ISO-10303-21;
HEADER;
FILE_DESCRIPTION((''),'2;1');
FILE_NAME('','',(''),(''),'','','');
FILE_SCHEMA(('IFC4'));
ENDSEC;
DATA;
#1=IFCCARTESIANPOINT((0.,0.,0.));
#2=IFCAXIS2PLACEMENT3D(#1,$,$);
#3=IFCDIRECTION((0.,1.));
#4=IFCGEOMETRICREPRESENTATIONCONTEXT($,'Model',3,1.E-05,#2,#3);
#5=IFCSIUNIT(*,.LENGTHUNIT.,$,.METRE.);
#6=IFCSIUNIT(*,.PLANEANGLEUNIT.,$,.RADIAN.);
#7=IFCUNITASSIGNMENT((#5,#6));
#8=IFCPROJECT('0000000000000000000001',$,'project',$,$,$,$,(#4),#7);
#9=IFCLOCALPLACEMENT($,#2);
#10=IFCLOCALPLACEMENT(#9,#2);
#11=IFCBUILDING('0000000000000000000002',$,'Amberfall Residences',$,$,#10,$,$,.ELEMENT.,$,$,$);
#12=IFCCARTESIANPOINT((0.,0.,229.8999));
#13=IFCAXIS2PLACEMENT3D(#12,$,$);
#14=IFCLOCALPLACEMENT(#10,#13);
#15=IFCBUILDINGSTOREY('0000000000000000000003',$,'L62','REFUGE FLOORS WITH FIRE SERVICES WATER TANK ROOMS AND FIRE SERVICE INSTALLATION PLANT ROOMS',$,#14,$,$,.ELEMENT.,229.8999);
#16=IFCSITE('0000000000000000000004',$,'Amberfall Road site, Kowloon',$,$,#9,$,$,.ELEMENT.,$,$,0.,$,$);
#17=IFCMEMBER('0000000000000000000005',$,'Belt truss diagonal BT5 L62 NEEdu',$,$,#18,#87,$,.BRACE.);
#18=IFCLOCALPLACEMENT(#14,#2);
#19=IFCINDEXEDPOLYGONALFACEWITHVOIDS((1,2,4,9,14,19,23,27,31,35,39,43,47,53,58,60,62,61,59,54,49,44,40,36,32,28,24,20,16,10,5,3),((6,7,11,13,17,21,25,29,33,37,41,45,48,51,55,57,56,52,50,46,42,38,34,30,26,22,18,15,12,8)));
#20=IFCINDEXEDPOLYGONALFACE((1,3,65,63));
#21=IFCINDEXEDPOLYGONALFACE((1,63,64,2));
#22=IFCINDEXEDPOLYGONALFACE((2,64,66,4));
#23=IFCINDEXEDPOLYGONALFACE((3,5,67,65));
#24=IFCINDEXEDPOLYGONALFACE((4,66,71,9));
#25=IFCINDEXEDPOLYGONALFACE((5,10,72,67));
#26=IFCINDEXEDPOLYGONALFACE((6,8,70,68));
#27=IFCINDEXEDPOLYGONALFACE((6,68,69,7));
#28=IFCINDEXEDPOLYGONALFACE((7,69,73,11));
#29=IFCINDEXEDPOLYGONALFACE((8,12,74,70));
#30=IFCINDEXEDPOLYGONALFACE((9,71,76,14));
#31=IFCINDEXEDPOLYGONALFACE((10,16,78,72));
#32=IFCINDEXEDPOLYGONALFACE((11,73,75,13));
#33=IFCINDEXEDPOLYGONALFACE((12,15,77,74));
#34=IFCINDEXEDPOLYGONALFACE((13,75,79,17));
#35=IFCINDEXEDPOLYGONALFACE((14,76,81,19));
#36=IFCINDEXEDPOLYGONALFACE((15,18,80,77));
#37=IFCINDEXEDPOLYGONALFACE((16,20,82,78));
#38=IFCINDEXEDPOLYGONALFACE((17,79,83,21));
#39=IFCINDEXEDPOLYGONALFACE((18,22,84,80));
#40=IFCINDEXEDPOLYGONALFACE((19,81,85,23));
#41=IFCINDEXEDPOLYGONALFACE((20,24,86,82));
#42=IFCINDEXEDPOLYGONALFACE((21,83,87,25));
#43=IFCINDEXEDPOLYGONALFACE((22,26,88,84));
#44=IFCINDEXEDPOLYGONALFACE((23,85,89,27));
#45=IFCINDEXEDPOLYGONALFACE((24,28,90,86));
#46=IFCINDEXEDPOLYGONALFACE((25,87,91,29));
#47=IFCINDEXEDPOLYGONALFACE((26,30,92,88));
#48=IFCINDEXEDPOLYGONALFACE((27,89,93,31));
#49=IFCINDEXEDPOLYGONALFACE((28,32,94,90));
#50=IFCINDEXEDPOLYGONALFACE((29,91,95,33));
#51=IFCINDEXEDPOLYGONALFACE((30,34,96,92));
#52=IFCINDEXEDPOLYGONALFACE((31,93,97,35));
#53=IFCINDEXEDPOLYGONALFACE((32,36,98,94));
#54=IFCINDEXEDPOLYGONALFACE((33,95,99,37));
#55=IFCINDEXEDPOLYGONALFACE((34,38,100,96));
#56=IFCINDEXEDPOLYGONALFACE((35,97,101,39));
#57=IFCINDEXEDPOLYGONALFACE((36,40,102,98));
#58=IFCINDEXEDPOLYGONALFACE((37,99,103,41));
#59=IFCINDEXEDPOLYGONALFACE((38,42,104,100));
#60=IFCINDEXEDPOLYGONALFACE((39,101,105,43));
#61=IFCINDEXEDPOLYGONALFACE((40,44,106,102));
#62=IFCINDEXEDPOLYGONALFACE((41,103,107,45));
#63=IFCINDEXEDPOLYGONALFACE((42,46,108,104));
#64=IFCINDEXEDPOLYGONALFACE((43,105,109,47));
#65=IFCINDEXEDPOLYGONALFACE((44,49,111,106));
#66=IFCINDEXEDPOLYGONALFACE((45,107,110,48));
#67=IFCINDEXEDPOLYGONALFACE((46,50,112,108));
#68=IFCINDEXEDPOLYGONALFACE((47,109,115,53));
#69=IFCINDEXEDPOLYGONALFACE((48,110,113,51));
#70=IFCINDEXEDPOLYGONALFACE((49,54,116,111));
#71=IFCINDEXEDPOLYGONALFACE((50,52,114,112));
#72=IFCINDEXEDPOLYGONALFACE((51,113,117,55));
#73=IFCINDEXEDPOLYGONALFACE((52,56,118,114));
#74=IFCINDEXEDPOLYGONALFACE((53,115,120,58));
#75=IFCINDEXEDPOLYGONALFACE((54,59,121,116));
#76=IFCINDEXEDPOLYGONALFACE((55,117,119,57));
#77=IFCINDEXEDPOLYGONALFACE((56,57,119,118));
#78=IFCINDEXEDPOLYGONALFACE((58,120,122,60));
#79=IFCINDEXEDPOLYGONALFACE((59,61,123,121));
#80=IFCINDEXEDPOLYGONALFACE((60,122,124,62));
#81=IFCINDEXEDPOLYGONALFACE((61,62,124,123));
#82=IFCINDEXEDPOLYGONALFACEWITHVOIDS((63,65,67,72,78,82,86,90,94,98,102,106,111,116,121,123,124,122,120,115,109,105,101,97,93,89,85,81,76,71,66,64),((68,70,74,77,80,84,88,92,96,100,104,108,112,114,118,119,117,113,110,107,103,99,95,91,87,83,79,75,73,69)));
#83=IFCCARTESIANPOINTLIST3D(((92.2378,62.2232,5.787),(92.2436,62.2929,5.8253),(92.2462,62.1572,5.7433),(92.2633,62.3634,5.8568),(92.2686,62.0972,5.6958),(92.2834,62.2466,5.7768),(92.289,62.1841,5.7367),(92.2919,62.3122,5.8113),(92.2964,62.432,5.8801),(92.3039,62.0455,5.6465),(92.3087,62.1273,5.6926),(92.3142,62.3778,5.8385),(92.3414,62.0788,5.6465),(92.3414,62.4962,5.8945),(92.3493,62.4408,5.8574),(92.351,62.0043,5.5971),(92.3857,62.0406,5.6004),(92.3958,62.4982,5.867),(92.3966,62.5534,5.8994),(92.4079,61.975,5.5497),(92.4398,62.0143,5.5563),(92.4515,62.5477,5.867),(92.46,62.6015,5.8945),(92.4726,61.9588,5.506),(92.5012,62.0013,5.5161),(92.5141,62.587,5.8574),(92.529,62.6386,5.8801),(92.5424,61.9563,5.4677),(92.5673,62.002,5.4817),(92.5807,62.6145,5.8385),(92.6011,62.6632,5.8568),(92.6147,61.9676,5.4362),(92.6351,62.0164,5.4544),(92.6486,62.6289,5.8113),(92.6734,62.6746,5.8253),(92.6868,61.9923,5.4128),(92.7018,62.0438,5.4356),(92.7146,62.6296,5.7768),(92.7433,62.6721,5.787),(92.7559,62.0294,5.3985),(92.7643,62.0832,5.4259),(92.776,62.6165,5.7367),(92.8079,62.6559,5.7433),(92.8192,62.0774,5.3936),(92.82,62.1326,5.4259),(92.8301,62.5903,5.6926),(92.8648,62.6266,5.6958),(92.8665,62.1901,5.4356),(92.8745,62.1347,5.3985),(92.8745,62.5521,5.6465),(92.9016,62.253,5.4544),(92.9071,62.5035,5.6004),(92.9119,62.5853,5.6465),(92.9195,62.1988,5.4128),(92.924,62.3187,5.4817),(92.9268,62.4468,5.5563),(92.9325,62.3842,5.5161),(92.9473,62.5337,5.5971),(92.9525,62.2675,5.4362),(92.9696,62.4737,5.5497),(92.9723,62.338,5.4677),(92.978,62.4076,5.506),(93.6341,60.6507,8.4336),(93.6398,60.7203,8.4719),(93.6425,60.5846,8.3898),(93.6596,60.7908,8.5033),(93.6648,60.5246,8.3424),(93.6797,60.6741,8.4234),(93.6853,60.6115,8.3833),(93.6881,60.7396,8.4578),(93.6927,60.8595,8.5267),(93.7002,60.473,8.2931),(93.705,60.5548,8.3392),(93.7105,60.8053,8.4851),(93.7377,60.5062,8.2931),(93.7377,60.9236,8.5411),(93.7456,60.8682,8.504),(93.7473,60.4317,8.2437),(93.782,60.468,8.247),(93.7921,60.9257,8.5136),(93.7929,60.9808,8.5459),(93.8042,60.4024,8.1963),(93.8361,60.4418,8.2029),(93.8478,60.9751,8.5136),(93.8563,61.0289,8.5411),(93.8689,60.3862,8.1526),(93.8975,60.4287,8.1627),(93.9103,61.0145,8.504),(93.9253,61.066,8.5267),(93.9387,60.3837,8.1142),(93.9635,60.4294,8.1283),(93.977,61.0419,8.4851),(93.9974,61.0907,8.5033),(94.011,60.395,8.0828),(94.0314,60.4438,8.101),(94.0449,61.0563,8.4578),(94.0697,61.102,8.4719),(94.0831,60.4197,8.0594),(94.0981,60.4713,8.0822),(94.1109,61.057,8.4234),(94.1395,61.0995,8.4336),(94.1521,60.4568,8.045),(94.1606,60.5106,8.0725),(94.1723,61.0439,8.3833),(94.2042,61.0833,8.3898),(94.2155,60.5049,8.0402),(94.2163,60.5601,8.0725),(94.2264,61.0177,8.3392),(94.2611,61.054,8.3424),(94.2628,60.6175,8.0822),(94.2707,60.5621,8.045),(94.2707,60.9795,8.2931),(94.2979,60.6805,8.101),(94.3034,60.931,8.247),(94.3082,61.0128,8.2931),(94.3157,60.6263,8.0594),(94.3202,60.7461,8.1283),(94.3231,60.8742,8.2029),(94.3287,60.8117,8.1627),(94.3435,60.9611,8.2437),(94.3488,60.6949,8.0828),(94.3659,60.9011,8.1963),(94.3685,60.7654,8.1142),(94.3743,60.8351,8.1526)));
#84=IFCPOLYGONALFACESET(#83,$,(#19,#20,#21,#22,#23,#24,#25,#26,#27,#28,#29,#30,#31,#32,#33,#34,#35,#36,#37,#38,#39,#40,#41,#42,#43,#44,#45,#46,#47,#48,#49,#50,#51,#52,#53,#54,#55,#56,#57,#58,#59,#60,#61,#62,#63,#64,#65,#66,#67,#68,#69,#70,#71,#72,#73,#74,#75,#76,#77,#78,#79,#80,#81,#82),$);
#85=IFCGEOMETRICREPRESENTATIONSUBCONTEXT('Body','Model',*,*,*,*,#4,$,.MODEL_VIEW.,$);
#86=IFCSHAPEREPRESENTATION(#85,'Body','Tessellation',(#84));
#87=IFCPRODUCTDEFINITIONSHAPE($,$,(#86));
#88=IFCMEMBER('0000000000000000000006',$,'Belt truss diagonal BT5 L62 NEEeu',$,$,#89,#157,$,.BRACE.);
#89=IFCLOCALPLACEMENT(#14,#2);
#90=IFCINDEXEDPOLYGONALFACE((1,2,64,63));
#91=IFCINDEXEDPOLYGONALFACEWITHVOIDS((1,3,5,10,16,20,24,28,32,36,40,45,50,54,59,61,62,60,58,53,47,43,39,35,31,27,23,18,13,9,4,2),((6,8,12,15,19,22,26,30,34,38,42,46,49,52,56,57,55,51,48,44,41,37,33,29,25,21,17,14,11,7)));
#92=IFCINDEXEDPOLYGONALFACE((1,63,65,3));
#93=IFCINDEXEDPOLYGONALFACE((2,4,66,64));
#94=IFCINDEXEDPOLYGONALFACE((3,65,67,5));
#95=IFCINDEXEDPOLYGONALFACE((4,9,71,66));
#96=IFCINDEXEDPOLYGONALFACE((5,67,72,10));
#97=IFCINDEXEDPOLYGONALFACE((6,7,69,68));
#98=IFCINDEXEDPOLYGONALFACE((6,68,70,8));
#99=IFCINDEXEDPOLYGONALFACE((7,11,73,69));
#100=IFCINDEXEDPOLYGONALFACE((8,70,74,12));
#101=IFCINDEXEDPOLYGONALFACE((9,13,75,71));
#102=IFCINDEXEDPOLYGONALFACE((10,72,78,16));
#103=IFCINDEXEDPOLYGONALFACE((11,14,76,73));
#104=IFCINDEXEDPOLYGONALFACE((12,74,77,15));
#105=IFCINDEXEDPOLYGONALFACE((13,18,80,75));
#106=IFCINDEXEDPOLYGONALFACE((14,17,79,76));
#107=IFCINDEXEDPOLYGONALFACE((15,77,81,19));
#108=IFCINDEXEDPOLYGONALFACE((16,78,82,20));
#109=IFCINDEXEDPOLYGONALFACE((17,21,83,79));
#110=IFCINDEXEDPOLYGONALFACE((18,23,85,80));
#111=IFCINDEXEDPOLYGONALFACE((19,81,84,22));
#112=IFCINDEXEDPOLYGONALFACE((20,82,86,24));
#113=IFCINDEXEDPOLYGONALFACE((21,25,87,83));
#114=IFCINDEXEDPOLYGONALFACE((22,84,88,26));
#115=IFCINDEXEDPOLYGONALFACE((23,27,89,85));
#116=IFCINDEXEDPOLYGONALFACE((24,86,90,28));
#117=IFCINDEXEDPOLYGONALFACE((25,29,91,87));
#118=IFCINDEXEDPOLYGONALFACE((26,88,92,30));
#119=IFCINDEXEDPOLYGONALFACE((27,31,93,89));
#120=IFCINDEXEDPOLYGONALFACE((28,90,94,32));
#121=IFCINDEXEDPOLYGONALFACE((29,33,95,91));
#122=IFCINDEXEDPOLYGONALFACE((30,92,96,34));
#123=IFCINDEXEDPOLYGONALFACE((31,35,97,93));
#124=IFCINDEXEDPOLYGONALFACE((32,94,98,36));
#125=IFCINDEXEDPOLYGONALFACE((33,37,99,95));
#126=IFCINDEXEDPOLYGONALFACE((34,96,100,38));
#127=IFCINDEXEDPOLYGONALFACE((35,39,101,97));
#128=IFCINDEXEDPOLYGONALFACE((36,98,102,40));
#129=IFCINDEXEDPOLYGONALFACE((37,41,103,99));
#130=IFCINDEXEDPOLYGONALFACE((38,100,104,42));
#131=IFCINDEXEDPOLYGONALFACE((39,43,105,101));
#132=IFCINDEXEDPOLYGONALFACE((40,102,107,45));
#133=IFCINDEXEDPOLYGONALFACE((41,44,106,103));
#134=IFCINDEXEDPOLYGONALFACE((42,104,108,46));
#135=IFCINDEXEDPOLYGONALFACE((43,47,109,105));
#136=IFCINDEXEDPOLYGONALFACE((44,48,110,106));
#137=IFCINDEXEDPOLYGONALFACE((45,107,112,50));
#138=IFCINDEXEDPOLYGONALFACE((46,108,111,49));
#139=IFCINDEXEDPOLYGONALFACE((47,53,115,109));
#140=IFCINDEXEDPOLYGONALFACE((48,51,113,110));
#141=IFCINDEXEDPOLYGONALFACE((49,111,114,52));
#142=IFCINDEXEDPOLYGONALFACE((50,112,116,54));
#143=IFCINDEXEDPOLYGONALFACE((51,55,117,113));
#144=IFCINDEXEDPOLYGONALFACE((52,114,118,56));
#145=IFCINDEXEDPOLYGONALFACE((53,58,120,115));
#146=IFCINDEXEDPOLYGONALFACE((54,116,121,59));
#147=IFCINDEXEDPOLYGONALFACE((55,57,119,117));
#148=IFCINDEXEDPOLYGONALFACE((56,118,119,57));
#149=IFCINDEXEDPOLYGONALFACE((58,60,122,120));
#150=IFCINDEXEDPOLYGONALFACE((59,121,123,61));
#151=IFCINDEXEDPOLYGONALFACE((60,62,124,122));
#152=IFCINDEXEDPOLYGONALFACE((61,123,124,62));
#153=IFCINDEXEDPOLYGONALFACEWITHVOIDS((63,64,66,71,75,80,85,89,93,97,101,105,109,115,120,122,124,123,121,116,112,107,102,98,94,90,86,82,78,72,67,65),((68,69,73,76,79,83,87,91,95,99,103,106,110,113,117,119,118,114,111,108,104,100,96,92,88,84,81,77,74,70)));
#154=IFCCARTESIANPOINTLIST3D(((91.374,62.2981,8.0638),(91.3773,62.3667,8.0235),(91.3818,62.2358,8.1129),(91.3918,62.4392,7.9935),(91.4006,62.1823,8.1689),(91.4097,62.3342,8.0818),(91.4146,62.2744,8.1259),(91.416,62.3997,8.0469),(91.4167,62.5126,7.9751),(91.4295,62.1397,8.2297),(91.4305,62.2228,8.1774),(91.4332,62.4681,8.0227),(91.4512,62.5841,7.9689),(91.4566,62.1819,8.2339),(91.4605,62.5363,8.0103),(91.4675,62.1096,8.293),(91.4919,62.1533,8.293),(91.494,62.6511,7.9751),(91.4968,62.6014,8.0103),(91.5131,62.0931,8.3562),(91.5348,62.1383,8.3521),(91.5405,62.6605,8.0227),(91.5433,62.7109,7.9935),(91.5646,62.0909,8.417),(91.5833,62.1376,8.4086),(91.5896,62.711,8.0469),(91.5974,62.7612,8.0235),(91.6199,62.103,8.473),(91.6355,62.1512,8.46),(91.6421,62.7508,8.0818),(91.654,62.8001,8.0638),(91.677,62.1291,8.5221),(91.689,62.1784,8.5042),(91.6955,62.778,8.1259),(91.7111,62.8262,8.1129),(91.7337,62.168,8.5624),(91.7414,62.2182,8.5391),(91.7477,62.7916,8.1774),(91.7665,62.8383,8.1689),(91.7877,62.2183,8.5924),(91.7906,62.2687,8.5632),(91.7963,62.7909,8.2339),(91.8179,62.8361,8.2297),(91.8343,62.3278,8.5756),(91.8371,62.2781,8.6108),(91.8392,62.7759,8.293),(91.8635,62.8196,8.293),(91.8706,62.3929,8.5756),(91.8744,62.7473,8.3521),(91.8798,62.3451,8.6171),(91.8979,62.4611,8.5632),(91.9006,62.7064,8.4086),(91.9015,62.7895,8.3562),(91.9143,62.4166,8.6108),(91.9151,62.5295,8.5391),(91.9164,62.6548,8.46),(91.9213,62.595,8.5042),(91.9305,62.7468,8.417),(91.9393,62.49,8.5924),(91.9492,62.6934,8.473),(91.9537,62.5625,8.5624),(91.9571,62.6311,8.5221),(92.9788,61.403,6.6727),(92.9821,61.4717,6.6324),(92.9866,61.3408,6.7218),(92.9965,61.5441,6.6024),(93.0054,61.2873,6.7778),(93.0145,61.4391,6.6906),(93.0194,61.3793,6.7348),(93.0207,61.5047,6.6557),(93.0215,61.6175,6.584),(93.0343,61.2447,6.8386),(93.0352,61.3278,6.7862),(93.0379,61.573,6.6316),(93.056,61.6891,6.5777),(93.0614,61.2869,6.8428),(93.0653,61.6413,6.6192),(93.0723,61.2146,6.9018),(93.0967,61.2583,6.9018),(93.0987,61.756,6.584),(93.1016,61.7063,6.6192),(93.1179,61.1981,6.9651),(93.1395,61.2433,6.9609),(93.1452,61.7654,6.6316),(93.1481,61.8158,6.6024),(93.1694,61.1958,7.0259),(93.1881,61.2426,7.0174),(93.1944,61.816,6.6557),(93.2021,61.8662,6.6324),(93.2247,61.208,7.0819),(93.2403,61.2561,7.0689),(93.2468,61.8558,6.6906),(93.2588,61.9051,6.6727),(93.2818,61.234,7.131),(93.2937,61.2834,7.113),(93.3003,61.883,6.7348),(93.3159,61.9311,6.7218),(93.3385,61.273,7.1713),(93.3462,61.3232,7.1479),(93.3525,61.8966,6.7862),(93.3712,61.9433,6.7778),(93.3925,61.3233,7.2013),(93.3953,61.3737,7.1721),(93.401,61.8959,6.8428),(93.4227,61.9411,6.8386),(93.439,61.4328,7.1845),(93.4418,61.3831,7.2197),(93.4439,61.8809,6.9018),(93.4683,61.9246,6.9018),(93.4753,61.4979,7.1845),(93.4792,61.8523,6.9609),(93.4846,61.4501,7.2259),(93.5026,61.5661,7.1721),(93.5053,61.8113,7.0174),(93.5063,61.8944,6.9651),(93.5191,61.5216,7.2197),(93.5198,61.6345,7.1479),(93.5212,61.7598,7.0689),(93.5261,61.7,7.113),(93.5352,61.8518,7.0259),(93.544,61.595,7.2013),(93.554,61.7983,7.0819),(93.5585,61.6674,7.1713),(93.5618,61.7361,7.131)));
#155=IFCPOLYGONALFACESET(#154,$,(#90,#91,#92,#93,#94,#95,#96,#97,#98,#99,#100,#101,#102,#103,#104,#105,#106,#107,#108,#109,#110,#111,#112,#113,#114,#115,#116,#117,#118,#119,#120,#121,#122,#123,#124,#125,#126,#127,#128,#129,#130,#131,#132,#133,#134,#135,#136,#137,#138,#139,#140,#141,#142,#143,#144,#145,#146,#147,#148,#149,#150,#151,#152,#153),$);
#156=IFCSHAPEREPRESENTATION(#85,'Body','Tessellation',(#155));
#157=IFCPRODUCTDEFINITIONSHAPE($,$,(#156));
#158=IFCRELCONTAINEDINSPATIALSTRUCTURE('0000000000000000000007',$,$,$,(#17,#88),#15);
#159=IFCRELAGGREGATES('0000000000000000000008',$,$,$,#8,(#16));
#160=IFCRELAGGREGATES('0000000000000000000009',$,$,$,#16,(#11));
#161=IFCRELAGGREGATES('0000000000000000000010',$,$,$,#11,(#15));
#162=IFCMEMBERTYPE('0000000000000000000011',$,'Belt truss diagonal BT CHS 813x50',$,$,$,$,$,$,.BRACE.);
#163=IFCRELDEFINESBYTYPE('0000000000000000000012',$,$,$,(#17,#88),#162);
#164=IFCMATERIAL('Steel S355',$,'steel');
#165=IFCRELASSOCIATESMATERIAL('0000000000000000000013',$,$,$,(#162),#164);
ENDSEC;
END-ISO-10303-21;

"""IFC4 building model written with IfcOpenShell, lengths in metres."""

from ifc_helpers import new_model, si_unit, direction, frame, origin, origin_2d, place, context, subcontext, project, spatial, hollow_circle, extrude, material, material_profile, profile_set, type_object, element, save


model = new_model("IFC4")

# Units and contexts
model_context = context("Model", 3, precision=1e-05, world=origin(), true_north=direction((0.0, 1.0)))
body_context = subcontext(model_context, "Body", "Model", "MODEL_VIEW")
ifc_project = project(units=[si_unit("LENGTHUNIT", "METRE"), si_unit("PLANEANGLEUNIT", "RADIAN")], contexts=[model_context])

# Site, building, storey
site_placement = place(None, origin())
site = spatial("IfcSite", under=ifc_project, at=site_placement, Name="Amberfall Road site, Kowloon", CompositionType="ELEMENT", RefElevation=0.0)
building_placement = place(site_placement, origin())
building = spatial("IfcBuilding", under=site, at=building_placement, Name="Amberfall Residences", CompositionType="ELEMENT")
storey_placement = place(building_placement, frame((0.0, 0.0, 229.8999)))
storey = spatial("IfcBuildingStorey", under=building, at=storey_placement, Name="L62", Description="REFUGE FLOORS WITH FIRE SERVICES WATER TANK ROOMS AND FIRE SERVICE INSTALLATION PLANT ROOMS", CompositionType="ELEMENT", Elevation=229.8999)

# Shared definitions
ifc_material_1 = material(Name="Steel S355", Category="steel")

# Members
ifc_material_profile_1 = material_profile(ifc_material_1, hollow_circle(Radius=0.4065, WallThickness=0.05, at=origin_2d()), Name="CHS 813x50")
ifc_profile_set_1 = profile_set([ifc_material_profile_1], Name="Steel S355")
member_type = type_object("IfcMemberType", Name="Belt truss diagonal BT CHS 813x50", PredefinedType="BRACE", material=ifc_profile_set_1)
member_1_placement = place(storey_placement, frame((92.6079, 62.3154, 5.6465), z_axis=(0.413057, -0.465204, 0.782923), x_axis=(0.747774, 0.663953, 0.0)))
element("IfcMember", 1, at=member_1_placement, inside=storey, type_object=member_type, Name="Belt truss diagonal BT5 L62 NEEdu", PredefinedType="BRACE", context=body_context, shape_type="SweptSolid", body=[
    extrude(hollow_circle(Radius=0.4065, WallThickness=0.05, at=origin_2d()), origin(), (0.0, 0.0, 1.0), 3.3804),
])
member_2_placement = place(storey_placement, frame((91.6655, 62.4646, 8.293), z_axis=(0.696302, -0.388353, -0.60361), x_axis=(0.487098, 0.873348, 0.0)))
element("IfcMember", 2, at=member_2_placement, inside=storey, type_object=member_type, Name="Belt truss diagonal BT5 L62 NEEeu", PredefinedType="BRACE", context=body_context, shape_type="SweptSolid", body=[
    extrude(hollow_circle(Radius=0.4065, WallThickness=0.05, at=origin_2d()), origin(), (0.0, 0.0, 1.0), 2.3047),
])

save(model, "model.ifc")
